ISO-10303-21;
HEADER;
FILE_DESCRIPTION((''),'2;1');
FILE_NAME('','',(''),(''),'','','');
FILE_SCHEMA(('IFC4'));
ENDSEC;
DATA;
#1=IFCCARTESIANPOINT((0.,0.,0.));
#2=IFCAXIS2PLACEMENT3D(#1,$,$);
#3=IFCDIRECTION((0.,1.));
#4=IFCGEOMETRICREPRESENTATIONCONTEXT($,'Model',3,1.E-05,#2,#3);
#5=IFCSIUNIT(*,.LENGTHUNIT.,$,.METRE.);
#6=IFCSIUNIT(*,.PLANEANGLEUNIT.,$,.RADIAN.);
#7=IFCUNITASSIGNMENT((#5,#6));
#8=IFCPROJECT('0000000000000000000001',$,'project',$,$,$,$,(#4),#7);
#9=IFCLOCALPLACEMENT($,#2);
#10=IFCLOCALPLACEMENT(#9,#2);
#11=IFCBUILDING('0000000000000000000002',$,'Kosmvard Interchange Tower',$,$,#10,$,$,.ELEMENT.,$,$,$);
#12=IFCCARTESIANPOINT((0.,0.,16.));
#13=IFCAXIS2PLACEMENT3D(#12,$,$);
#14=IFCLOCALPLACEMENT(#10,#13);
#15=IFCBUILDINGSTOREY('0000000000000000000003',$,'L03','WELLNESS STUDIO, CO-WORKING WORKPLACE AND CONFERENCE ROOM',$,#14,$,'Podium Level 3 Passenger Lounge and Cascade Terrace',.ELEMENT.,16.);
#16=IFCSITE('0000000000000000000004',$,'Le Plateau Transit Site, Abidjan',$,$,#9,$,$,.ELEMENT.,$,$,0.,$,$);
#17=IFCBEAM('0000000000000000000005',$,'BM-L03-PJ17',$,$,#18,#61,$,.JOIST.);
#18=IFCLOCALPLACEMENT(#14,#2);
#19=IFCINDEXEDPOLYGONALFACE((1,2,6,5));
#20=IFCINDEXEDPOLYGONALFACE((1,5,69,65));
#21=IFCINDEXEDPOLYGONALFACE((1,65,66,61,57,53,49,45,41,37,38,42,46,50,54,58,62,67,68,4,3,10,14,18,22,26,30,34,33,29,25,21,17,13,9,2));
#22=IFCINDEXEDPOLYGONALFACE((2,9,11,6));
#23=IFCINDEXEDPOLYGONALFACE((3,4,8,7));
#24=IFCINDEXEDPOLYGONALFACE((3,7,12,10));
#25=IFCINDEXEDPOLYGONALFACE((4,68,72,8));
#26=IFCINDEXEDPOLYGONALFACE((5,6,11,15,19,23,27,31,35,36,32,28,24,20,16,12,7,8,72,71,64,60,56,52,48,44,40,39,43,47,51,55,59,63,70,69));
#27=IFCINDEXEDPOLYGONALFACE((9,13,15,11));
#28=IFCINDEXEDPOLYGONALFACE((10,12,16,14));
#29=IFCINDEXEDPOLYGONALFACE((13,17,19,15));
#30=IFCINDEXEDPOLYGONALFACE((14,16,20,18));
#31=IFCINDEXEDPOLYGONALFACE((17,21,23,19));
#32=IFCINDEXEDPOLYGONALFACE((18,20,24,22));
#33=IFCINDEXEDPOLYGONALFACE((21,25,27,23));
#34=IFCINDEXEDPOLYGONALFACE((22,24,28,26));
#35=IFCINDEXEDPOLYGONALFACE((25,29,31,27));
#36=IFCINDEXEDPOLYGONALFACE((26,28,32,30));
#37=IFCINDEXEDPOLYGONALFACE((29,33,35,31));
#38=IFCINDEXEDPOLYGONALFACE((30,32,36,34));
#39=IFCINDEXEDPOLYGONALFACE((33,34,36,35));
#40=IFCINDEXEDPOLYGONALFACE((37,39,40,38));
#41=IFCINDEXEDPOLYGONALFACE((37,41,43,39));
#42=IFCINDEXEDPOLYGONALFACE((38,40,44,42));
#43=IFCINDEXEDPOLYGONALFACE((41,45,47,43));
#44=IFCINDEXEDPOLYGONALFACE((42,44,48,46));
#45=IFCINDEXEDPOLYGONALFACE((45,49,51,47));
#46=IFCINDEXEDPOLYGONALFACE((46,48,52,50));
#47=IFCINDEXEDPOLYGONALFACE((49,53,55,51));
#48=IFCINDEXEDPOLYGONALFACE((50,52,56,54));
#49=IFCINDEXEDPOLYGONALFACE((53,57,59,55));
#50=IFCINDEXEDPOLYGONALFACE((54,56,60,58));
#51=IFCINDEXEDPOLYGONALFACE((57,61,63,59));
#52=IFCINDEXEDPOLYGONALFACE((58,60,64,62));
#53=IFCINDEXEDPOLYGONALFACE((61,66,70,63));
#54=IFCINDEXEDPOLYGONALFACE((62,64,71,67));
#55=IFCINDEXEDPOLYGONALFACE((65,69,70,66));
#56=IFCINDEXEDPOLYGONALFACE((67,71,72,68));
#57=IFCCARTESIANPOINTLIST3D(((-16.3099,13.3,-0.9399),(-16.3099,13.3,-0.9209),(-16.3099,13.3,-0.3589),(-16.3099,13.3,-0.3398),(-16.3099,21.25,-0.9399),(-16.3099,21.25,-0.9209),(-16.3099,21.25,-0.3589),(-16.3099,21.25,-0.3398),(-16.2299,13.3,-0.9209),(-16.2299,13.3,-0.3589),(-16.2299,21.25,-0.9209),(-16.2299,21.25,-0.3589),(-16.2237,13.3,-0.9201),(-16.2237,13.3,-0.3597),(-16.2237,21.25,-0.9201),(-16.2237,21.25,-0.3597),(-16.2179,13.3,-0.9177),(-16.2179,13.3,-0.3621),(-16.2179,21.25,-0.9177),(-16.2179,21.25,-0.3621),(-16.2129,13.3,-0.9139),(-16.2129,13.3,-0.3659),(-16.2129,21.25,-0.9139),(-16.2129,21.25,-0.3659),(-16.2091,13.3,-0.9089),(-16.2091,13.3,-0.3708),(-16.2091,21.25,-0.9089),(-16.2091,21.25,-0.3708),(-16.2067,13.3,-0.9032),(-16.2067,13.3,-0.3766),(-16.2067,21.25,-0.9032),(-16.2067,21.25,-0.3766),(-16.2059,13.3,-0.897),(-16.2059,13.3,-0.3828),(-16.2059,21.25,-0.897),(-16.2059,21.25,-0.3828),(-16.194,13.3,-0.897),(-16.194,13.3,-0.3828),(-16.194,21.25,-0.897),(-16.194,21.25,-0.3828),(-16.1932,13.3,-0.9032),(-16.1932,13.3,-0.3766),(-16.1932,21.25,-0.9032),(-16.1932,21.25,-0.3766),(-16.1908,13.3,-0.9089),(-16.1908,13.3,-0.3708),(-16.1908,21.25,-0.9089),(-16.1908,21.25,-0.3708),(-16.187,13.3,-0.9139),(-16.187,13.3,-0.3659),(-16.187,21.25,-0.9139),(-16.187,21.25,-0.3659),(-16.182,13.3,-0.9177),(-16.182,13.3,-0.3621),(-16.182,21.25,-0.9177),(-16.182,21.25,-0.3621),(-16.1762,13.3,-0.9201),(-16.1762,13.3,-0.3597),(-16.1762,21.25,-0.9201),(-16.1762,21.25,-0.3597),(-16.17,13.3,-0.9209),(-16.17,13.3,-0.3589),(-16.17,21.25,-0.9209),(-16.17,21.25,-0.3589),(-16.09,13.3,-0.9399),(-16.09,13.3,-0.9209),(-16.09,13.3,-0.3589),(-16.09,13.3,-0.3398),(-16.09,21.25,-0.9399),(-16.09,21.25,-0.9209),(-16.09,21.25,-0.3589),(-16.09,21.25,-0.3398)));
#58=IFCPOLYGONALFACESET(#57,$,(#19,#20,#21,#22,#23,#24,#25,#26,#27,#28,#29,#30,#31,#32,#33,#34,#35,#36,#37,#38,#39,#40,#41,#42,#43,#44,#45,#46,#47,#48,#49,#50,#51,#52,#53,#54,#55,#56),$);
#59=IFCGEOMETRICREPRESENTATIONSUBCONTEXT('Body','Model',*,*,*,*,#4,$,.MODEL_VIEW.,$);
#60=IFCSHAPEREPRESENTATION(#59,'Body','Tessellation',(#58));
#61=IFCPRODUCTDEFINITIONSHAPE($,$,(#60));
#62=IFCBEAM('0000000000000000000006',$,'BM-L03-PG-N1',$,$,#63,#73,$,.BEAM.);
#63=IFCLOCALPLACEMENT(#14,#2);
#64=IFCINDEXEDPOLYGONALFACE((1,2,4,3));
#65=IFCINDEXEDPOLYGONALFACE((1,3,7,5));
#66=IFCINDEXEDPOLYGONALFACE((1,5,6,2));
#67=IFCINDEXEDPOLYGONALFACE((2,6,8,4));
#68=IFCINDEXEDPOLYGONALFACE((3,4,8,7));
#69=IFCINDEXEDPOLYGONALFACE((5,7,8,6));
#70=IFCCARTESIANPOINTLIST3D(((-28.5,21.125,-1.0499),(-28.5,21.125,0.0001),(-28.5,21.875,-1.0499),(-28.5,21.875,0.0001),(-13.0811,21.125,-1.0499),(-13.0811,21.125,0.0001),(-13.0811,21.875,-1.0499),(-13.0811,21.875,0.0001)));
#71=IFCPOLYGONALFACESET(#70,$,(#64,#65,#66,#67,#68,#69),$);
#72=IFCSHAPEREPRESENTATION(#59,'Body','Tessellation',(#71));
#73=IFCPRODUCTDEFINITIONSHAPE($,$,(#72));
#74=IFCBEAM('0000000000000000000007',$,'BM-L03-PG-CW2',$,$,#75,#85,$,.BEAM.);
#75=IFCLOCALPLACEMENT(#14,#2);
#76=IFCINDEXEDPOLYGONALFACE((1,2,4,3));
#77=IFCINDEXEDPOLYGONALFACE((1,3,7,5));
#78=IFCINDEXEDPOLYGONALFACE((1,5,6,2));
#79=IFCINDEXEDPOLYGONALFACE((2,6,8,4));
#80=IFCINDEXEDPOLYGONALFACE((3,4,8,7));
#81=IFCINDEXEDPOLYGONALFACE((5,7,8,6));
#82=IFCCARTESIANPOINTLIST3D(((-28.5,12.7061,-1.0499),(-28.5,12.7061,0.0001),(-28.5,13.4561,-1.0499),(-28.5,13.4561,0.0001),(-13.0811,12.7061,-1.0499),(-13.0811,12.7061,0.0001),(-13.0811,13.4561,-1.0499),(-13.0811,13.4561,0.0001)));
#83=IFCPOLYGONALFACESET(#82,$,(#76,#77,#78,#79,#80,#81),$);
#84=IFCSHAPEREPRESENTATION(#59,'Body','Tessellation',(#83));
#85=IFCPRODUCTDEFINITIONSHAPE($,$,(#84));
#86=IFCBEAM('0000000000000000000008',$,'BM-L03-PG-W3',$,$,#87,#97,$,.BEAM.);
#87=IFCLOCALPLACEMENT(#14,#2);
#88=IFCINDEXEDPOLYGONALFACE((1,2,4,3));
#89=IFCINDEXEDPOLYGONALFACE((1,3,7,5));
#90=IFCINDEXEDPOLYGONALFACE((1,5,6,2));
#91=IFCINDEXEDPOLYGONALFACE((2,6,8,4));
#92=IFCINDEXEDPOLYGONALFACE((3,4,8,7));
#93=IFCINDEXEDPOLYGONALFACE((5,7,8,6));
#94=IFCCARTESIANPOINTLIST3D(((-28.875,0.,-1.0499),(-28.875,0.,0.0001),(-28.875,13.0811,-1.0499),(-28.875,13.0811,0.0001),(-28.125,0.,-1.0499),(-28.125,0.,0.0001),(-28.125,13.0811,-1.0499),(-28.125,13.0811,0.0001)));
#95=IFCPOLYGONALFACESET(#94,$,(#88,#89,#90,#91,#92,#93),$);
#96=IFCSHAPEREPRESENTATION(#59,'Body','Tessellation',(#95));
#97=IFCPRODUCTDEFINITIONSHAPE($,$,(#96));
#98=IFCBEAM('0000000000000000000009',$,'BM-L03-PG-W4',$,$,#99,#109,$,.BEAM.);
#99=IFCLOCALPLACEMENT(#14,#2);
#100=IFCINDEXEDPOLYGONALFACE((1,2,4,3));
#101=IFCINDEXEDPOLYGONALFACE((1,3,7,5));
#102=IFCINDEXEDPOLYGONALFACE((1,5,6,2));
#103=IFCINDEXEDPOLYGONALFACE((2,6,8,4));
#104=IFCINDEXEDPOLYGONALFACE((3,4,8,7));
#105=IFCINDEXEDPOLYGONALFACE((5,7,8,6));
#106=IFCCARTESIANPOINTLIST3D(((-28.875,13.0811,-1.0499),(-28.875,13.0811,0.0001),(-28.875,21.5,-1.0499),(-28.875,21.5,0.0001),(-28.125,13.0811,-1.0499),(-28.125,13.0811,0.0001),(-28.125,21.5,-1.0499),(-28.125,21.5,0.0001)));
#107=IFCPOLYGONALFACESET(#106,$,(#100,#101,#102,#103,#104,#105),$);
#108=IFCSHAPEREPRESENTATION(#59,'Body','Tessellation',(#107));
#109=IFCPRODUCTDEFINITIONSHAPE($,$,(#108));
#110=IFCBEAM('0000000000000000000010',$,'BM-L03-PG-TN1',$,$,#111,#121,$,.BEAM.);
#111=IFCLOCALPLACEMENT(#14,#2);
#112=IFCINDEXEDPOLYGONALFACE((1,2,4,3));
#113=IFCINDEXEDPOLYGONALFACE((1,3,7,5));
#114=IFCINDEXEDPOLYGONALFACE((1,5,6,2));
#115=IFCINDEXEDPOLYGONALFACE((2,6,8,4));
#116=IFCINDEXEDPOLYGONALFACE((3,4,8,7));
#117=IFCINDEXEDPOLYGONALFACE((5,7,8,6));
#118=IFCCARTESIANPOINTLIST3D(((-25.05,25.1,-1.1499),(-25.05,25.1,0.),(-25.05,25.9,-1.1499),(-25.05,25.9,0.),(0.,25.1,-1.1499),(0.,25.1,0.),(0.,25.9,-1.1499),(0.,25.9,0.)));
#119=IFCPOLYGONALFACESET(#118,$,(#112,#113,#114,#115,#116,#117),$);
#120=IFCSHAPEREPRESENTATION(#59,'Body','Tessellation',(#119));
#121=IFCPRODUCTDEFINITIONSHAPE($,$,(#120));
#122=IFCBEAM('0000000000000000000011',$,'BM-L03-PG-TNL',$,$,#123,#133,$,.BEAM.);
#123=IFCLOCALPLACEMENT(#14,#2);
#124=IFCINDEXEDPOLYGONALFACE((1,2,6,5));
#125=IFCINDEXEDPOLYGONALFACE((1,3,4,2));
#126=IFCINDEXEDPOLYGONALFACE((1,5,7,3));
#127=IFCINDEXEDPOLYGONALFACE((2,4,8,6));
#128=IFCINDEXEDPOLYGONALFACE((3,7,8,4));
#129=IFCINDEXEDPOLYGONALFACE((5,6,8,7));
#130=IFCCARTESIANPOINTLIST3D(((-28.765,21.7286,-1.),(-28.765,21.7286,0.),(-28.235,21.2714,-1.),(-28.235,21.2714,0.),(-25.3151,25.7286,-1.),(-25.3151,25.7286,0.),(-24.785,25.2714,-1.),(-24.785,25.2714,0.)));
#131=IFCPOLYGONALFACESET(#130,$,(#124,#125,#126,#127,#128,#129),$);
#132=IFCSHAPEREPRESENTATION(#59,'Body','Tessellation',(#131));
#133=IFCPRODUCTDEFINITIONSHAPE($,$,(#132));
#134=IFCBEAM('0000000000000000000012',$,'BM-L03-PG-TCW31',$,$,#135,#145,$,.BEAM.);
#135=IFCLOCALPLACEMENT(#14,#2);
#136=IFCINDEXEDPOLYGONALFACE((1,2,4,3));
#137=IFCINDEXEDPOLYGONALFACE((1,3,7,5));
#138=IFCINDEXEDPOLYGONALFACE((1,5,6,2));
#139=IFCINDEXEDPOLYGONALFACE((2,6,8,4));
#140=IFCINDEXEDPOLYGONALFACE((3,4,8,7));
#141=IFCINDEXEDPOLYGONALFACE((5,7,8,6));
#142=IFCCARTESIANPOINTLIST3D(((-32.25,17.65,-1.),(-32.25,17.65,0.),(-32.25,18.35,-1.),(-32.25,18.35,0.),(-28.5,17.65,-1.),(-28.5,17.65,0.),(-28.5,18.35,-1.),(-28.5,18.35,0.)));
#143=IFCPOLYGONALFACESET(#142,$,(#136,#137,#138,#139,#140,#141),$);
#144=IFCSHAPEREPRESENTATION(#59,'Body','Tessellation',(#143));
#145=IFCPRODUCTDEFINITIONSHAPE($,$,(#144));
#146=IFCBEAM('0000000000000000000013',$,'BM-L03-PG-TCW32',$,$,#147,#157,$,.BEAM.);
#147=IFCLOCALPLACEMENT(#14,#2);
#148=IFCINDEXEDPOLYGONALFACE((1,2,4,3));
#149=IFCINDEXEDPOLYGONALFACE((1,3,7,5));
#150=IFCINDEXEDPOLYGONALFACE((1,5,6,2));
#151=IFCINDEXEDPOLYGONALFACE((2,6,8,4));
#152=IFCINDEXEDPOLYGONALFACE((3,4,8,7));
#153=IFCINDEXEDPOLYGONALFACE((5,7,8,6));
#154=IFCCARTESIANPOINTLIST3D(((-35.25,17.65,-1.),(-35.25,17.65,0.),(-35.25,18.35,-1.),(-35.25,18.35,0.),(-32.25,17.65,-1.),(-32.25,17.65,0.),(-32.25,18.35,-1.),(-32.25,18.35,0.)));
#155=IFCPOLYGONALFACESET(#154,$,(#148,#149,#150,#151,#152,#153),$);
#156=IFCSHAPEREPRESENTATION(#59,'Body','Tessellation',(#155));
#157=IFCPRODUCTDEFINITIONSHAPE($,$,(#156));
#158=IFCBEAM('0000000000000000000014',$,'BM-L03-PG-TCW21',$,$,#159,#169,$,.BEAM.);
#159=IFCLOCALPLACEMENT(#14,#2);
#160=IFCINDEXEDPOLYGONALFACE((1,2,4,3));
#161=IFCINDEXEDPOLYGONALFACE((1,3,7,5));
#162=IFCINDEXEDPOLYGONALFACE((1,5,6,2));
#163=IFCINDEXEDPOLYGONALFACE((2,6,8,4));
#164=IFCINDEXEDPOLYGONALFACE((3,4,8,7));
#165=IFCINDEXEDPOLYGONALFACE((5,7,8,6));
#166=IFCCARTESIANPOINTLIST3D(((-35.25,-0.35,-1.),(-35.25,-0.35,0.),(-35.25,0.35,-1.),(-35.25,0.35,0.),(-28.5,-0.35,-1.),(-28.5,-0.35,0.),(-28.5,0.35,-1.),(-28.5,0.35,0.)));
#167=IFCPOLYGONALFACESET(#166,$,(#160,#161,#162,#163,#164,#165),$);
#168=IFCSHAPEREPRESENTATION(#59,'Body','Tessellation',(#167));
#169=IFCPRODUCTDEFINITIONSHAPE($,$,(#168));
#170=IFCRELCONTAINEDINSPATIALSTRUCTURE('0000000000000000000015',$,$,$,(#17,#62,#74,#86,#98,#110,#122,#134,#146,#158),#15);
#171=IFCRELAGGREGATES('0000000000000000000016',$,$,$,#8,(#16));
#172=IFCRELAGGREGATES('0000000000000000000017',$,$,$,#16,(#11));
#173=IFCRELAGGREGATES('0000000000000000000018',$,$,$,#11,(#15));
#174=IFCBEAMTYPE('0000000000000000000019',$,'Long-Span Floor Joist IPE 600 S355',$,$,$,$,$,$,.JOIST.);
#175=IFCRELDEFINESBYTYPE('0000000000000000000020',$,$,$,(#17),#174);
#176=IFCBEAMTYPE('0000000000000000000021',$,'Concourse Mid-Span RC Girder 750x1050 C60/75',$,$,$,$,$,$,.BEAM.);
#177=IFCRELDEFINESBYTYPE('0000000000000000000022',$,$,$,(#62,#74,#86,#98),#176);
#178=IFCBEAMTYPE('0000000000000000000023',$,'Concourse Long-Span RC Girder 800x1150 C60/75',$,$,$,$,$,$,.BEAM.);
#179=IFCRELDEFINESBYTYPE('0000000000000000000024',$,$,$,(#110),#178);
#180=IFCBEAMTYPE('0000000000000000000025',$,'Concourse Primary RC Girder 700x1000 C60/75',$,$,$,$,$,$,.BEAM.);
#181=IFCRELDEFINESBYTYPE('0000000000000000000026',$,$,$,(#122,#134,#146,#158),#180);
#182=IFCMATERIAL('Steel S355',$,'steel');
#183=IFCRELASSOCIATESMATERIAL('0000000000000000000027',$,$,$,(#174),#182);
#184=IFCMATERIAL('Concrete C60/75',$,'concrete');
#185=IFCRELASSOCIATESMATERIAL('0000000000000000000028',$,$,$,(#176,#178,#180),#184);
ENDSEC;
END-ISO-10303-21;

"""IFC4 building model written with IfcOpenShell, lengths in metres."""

from ifc_helpers import new_model, si_unit, direction, frame, origin, origin_2d, place, context, subcontext, project, spatial, rectangle, i_section, extrude, source, transform, mapped, material, material_profile, profile_set, type_object, element, save


model = new_model("IFC4")

# Units and contexts
model_context = context("Model", 3, precision=1e-05, world=origin(), true_north=direction((0.0, 1.0)))
body_context = subcontext(model_context, "Body", "Model", "MODEL_VIEW")
ifc_project = project(units=[si_unit("LENGTHUNIT", "METRE"), si_unit("PLANEANGLEUNIT", "RADIAN")], contexts=[model_context])

# Site, building, storey
site_placement = place(None, origin())
site = spatial("IfcSite", under=ifc_project, at=site_placement, Name="Le Plateau Transit Site, Abidjan", CompositionType="ELEMENT", RefElevation=0.0)
building_placement = place(site_placement, origin())
building = spatial("IfcBuilding", under=site, at=building_placement, Name="Kosmvard Interchange Tower", CompositionType="ELEMENT")
storey_placement = place(building_placement, frame((0.0, 0.0, 16.0)))
storey = spatial("IfcBuildingStorey", under=building, at=storey_placement, Name="L03", Description="WELLNESS STUDIO, CO-WORKING WORKPLACE AND CONFERENCE ROOM", LongName="Podium Level 3 Passenger Lounge and Cascade Terrace", CompositionType="ELEMENT", Elevation=16.0)

# Shared definitions
ifc_material_1 = material(Name="Concrete C60/75", Category="concrete")

# Beams
ifc_material_2 = material(Name="Steel S355", Category="steel")
ifc_material_profile_1 = material_profile(ifc_material_2, i_section(OverallWidth=0.22, OverallDepth=0.6001, WebThickness=0.012, FlangeThickness=0.019, FilletRadius=0.0239, at=origin_2d()), Name="IPE 600")
ifc_profile_set_1 = profile_set([ifc_material_profile_1], Name="Steel S355")
beam_type_1 = type_object("IfcBeamType", Name="Long-Span Floor Joist IPE 600 S355", PredefinedType="JOIST", material=ifc_profile_set_1)
shared_shape_1 = source(origin(), body_context, "Body", "SweptSolid", [
    extrude(i_section(OverallWidth=0.22, OverallDepth=0.6001, WebThickness=0.012, FlangeThickness=0.019, FilletRadius=0.0239, at=origin_2d()), origin(), (0.0, 0.0, 1.0), 7.95),
])
beam_1_placement = place(storey_placement, frame((-16.2, 13.3, -0.6399), z_axis=(0.0, 1.0, 0.0), x_axis=(-1.0, 0.0, 0.0)))
element("IfcBeam", 1, at=beam_1_placement, inside=storey, type_object=beam_type_1, Name="BM-L03-PJ17", PredefinedType="JOIST", context=body_context, shape_type="MappedRepresentation", body=[
    mapped(shared_shape_1, transform((0.0, 0.0, 0.0), scale=1.0)),
])
ifc_material_profile_2 = material_profile(ifc_material_1, rectangle(XDim=0.75, YDim=1.05, at=origin_2d()), Name="RCG 750x1050")
ifc_profile_set_2 = profile_set([ifc_material_profile_2], Name="Concrete C60/75")
beam_type_2 = type_object("IfcBeamType", Name="Concourse Mid-Span RC Girder 750x1050 C60/75", PredefinedType="BEAM", material=ifc_profile_set_2)
shared_shape_2 = source(origin(), body_context, "Body", "SweptSolid", [
    extrude(rectangle(XDim=0.75, YDim=1.05, at=origin_2d()), origin(), (0.0, 0.0, 1.0), 15.4189),
])
for number, where, z_axis, x_axis, name in (
    (2, (-28.5, 21.5, -0.5249), (1.0, 0.0, 0.0), (0.0, 1.0, 0.0), "BM-L03-PG-N1"),
    (3, (-28.5, 13.0811, -0.5249), (1.0, 0.0, 0.0), (0.0, 1.0, 0.0), "BM-L03-PG-CW2"),
):
    element("IfcBeam", number, at=place(storey_placement, frame(where, z_axis=z_axis, x_axis=x_axis)), inside=storey, type_object=beam_type_2, Name=name, PredefinedType="BEAM", context=body_context, shape_type="MappedRepresentation", body=[
        mapped(shared_shape_2, transform((0.0, 0.0, 0.0), scale=1.0)),
    ])
shared_shape_3 = source(origin(), body_context, "Body", "SweptSolid", [
    extrude(rectangle(XDim=0.75, YDim=1.05, at=origin_2d()), origin(), (0.0, 0.0, 1.0), 13.0811),
])
beam_2_placement = place(storey_placement, frame((-28.5, 0.0, -0.5249), z_axis=(0.0, 1.0, 0.0), x_axis=(-1.0, 0.0, 0.0)))
element("IfcBeam", 4, at=beam_2_placement, inside=storey, type_object=beam_type_2, Name="BM-L03-PG-W3", PredefinedType="BEAM", context=body_context, shape_type="MappedRepresentation", body=[
    mapped(shared_shape_3, transform((0.0, 0.0, 0.0), scale=1.0)),
])
shared_shape_4 = source(origin(), body_context, "Body", "SweptSolid", [
    extrude(rectangle(XDim=0.75, YDim=1.05, at=origin_2d()), origin(), (0.0, 0.0, 1.0), 8.4189),
])
beam_3_placement = place(storey_placement, frame((-28.5, 13.0811, -0.5249), z_axis=(0.0, 1.0, 0.0), x_axis=(-1.0, 0.0, 0.0)))
element("IfcBeam", 5, at=beam_3_placement, inside=storey, type_object=beam_type_2, Name="BM-L03-PG-W4", PredefinedType="BEAM", context=body_context, shape_type="MappedRepresentation", body=[
    mapped(shared_shape_4, transform((0.0, 0.0, 0.0), scale=1.0)),
])
ifc_material_profile_3 = material_profile(ifc_material_1, rectangle(XDim=0.8, YDim=1.1499, at=origin_2d()), Name="RCG 800x1150")
ifc_profile_set_3 = profile_set([ifc_material_profile_3], Name="Concrete C60/75")
beam_type_3 = type_object("IfcBeamType", Name="Concourse Long-Span RC Girder 800x1150 C60/75", PredefinedType="BEAM", material=ifc_profile_set_3)
shared_shape_5 = source(origin(), body_context, "Body", "SweptSolid", [
    extrude(rectangle(XDim=0.8, YDim=1.1499, at=origin_2d()), origin(), (0.0, 0.0, 1.0), 25.05),
])
beam_4_placement = place(storey_placement, frame((-25.05, 25.5, -0.575), z_axis=(1.0, 0.0, 0.0), x_axis=(0.0, 1.0, 0.0)))
element("IfcBeam", 6, at=beam_4_placement, inside=storey, type_object=beam_type_3, Name="BM-L03-PG-TN1", PredefinedType="BEAM", context=body_context, shape_type="MappedRepresentation", body=[
    mapped(shared_shape_5, transform((0.0, 0.0, 0.0), scale=1.0)),
])
ifc_material_profile_4 = material_profile(ifc_material_1, rectangle(XDim=0.7, YDim=1.0, at=origin_2d()), Name="RCG 700x1000")
ifc_profile_set_4 = profile_set([ifc_material_profile_4], Name="Concrete C60/75")
beam_type_4 = type_object("IfcBeamType", Name="Concourse Primary RC Girder 700x1000 C60/75", PredefinedType="BEAM", material=ifc_profile_set_4)
shared_shape_6 = source(origin(), body_context, "Body", "SweptSolid", [
    extrude(rectangle(XDim=0.7, YDim=1.0, at=origin_2d()), origin(), (0.0, 0.0, 1.0), 5.2822),
])
beam_5_placement = place(storey_placement, frame((-25.05, 25.5, -0.5), z_axis=(-0.653122, -0.757253, 0.0), x_axis=(0.757253, -0.653122, 0.0)))
element("IfcBeam", 7, at=beam_5_placement, inside=storey, type_object=beam_type_4, Name="BM-L03-PG-TNL", PredefinedType="BEAM", context=body_context, shape_type="MappedRepresentation", body=[
    mapped(shared_shape_6, transform((0.0, 0.0, 0.0), scale=1.0)),
])
shared_shape_7 = source(origin(), body_context, "Body", "SweptSolid", [
    extrude(rectangle(XDim=0.7, YDim=1.0, at=origin_2d()), origin(), (0.0, 0.0, 1.0), 3.75),
])
beam_6_placement = place(storey_placement, frame((-28.5, 18.0, -0.5), z_axis=(-1.0, 0.0, 0.0), x_axis=(0.0, -1.0, 0.0)))
element("IfcBeam", 8, at=beam_6_placement, inside=storey, type_object=beam_type_4, Name="BM-L03-PG-TCW31", PredefinedType="BEAM", context=body_context, shape_type="MappedRepresentation", body=[
    mapped(shared_shape_7, transform((0.0, 0.0, 0.0), scale=1.0)),
])
shared_shape_8 = source(origin(), body_context, "Body", "SweptSolid", [
    extrude(rectangle(XDim=0.7, YDim=1.0, at=origin_2d()), origin(), (0.0, 0.0, 1.0), 3.0),
])
beam_7_placement = place(storey_placement, frame((-32.25, 18.0, -0.5), z_axis=(-1.0, 0.0, 0.0), x_axis=(0.0, -1.0, 0.0)))
element("IfcBeam", 9, at=beam_7_placement, inside=storey, type_object=beam_type_4, Name="BM-L03-PG-TCW32", PredefinedType="BEAM", context=body_context, shape_type="MappedRepresentation", body=[
    mapped(shared_shape_8, transform((0.0, 0.0, 0.0), scale=1.0)),
])
shared_shape_9 = source(origin(), body_context, "Body", "SweptSolid", [
    extrude(rectangle(XDim=0.7, YDim=1.0, at=origin_2d()), origin(), (0.0, 0.0, 1.0), 6.75),
])
beam_8_placement = place(storey_placement, frame((-28.5, 0.0, -0.5), z_axis=(-1.0, 0.0, 0.0), x_axis=(0.0, -1.0, 0.0)))
element("IfcBeam", 10, at=beam_8_placement, inside=storey, type_object=beam_type_4, Name="BM-L03-PG-TCW21", PredefinedType="BEAM", context=body_context, shape_type="MappedRepresentation", body=[
    mapped(shared_shape_9, transform((0.0, 0.0, 0.0), scale=1.0)),
])

save(model, "model.ifc")
